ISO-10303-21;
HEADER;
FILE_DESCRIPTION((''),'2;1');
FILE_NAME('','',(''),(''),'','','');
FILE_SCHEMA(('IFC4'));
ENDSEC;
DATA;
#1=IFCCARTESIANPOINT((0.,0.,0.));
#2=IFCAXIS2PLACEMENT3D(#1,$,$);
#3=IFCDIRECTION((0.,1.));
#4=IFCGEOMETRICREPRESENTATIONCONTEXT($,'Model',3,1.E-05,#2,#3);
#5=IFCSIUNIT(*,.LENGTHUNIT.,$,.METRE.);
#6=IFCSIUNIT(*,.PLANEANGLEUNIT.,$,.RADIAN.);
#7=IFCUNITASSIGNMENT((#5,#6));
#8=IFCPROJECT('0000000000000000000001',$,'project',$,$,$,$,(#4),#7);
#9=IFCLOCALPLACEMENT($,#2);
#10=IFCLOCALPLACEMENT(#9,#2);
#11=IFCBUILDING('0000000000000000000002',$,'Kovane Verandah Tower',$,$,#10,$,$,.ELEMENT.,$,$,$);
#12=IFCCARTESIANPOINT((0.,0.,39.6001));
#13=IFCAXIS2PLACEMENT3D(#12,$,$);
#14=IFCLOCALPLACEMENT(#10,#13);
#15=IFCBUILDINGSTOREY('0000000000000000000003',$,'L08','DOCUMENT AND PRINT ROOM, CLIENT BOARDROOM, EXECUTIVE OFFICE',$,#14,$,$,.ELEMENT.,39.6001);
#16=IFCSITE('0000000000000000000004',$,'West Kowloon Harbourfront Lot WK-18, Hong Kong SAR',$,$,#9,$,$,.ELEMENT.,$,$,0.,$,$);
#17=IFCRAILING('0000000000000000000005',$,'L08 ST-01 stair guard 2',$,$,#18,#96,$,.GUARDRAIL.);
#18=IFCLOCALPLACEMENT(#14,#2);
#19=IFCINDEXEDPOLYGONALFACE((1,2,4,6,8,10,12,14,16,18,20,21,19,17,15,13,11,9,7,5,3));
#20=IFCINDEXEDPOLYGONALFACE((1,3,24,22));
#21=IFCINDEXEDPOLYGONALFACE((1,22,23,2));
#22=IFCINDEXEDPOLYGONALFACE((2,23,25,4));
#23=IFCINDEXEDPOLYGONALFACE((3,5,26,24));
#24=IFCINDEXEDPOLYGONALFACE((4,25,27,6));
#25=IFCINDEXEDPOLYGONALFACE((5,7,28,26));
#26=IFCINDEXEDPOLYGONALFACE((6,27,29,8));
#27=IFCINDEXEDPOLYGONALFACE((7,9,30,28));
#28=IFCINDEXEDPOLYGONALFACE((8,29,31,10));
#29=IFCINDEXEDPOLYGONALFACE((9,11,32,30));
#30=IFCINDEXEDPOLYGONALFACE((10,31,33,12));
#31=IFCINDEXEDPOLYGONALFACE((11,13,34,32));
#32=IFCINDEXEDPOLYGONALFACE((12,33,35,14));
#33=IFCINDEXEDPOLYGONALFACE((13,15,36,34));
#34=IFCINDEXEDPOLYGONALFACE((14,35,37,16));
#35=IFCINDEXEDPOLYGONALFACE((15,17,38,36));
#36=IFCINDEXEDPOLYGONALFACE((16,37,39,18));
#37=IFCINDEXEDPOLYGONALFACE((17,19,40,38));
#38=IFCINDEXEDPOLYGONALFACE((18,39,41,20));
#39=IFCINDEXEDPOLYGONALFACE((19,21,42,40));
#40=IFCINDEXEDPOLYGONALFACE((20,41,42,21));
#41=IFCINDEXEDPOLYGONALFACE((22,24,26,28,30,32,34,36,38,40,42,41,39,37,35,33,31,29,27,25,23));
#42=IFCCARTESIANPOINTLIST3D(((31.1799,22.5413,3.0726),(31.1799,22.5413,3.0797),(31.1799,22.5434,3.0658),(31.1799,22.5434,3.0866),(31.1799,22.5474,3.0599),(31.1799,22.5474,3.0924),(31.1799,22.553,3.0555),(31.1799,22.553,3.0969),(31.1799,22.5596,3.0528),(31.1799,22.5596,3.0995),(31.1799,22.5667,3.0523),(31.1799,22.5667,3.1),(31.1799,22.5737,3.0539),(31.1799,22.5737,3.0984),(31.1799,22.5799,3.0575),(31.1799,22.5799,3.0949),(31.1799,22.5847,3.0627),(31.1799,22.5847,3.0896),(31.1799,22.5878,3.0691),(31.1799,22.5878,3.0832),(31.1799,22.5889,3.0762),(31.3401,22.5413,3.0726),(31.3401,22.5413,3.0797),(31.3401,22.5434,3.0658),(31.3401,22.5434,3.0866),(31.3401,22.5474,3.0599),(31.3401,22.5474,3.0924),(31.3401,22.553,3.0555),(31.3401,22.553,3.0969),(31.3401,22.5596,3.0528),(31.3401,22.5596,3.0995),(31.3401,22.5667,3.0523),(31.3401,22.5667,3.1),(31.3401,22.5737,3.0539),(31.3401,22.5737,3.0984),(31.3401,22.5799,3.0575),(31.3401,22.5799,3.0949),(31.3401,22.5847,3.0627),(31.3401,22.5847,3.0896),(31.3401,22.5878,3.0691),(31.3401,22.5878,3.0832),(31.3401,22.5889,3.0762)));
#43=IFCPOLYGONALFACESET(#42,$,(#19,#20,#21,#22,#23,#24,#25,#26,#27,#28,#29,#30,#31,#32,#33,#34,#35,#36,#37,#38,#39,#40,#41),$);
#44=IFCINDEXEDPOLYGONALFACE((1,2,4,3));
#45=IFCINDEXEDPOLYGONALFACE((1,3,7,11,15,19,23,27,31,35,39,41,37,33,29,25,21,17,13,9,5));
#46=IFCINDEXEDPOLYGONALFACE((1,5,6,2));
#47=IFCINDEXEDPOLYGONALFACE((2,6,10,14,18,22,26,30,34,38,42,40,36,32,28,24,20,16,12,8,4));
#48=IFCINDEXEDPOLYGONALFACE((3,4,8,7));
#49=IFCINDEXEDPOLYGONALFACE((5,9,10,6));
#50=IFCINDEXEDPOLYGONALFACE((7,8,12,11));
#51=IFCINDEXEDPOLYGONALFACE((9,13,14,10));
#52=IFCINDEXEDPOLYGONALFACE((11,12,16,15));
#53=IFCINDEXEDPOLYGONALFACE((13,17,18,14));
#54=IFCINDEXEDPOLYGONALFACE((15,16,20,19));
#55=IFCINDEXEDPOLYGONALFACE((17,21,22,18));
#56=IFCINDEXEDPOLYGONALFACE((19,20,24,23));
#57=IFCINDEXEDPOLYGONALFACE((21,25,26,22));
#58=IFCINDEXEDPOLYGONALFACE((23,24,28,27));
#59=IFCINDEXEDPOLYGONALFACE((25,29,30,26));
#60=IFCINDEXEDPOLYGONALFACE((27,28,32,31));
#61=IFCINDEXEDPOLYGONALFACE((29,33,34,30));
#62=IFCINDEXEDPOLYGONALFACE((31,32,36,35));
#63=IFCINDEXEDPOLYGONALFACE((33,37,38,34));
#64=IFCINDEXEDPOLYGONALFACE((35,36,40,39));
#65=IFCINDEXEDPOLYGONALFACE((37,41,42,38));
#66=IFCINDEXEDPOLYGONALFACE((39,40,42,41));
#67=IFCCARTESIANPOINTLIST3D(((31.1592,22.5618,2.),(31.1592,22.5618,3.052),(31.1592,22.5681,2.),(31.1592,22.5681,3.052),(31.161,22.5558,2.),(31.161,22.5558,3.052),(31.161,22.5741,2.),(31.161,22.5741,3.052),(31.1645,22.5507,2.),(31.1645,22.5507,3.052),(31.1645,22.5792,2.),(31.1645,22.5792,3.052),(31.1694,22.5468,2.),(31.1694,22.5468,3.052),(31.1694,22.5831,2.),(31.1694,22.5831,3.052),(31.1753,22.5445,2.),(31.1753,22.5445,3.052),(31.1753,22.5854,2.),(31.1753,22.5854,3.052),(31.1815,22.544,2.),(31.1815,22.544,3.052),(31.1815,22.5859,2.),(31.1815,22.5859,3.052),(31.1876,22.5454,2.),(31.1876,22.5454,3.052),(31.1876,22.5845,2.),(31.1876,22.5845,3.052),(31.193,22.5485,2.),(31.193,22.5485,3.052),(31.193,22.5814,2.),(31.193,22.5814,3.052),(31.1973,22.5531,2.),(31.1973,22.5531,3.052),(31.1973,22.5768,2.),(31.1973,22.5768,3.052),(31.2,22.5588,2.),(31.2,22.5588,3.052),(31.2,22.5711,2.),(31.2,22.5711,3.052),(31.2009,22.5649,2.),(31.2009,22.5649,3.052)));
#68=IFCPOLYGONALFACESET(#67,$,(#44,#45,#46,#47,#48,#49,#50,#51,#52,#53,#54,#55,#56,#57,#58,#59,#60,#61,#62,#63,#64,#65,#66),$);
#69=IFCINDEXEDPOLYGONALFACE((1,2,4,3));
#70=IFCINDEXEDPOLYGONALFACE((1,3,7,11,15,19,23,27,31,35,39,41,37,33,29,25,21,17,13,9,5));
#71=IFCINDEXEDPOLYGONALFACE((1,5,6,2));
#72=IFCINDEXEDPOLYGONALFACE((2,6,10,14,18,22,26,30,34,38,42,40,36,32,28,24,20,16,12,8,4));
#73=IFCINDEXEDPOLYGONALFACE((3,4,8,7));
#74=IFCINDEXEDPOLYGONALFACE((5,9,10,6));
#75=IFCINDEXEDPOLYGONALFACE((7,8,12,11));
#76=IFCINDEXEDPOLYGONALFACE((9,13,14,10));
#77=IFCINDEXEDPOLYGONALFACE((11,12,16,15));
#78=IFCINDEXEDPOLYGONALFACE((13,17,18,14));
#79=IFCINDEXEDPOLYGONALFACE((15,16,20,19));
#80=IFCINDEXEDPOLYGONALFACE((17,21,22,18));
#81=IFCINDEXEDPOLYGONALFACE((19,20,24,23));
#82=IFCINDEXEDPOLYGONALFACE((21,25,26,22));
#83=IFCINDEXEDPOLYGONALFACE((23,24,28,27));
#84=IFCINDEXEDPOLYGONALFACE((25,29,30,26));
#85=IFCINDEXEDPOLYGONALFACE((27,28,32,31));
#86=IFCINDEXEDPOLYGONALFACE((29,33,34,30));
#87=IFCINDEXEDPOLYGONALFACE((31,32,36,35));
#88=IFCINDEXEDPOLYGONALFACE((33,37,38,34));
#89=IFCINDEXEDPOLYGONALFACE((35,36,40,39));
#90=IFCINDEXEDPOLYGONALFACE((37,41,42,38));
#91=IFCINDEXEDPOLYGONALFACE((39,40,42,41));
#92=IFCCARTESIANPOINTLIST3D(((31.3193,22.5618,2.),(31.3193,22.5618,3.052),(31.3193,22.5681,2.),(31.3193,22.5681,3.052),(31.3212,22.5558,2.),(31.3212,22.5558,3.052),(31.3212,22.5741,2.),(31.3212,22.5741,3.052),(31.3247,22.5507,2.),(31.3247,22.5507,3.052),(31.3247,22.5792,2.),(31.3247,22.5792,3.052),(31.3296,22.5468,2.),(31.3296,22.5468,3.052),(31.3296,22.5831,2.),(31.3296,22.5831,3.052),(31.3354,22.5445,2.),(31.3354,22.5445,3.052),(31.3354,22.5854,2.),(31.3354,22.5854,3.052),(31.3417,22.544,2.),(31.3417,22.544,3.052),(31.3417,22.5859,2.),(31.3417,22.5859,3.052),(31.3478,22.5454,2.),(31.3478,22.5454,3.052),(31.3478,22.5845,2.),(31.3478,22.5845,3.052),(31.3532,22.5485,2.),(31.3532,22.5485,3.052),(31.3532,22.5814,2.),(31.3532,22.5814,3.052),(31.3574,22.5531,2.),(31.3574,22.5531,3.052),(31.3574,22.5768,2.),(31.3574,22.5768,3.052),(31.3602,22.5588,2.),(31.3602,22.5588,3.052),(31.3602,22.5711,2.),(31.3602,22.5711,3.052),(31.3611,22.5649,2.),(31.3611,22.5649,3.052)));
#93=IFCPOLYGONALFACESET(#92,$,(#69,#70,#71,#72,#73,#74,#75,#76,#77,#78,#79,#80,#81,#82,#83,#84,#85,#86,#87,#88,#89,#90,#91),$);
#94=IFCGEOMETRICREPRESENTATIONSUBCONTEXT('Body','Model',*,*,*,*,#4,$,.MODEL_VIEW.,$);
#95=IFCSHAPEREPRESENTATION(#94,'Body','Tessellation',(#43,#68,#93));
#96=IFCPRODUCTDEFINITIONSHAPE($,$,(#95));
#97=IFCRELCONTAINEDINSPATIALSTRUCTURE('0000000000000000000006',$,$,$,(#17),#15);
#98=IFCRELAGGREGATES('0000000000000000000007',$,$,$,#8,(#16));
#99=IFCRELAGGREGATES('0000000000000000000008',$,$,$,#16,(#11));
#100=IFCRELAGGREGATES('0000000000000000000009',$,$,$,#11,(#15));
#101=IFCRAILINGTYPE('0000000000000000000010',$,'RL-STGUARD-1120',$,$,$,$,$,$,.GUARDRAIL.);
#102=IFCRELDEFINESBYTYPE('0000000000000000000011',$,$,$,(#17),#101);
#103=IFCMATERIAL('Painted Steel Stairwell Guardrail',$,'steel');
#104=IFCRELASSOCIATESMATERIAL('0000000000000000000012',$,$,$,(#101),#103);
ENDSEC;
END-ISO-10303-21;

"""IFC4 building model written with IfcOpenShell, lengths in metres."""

from ifc_helpers import new_model, si_unit, direction, frame, origin, origin_2d, place, context, subcontext, project, spatial, circle, extrude, material, type_object, element, save


model = new_model("IFC4")

# Units and contexts
model_context = context("Model", 3, precision=1e-05, world=origin(), true_north=direction((0.0, 1.0)))
body_context = subcontext(model_context, "Body", "Model", "MODEL_VIEW")
ifc_project = project(units=[si_unit("LENGTHUNIT", "METRE"), si_unit("PLANEANGLEUNIT", "RADIAN")], contexts=[model_context])

# Site, building, storey
site_placement = place(None, origin())
site = spatial("IfcSite", under=ifc_project, at=site_placement, Name="West Kowloon Harbourfront Lot WK-18, Hong Kong SAR", CompositionType="ELEMENT", RefElevation=0.0)
building_placement = place(site_placement, origin())
building = spatial("IfcBuilding", under=site, at=building_placement, Name="Kovane Verandah Tower", CompositionType="ELEMENT")
storey_placement = place(building_placement, frame((0.0, 0.0, 39.6001)))
storey = spatial("IfcBuildingStorey", under=building, at=storey_placement, Name="L08", Description="DOCUMENT AND PRINT ROOM, CLIENT BOARDROOM, EXECUTIVE OFFICE", CompositionType="ELEMENT", Elevation=39.6001)

# Railing
ifc_material_1 = material(Name="Painted Steel Stairwell Guardrail", Category="steel")
railing_type_1 = type_object("IfcRailingType", Name="RL-STGUARD-1120", PredefinedType="GUARDRAIL", material=ifc_material_1)
railing_1_placement = place(storey_placement, frame((31.1799, 22.5649, 2.0)))
element("IfcRailing", 1, at=railing_1_placement, inside=storey, type_object=railing_type_1, Name="L08 ST-01 stair guard 2", PredefinedType="GUARDRAIL", context=body_context, shape_type="SweptSolid", body=[
    extrude(circle(Radius=0.0239, at=origin_2d()), frame((0.0, 0.0, 1.0762), z_axis=(1.0, 0.0, 0.0), x_axis=(0.0, 1.0, 0.0)), (0.0, 0.0, 1.0), 0.1602),
    extrude(circle(Radius=0.021, at=origin_2d()), origin(), (0.0, 0.0, 1.0), 1.052),
    extrude(circle(Radius=0.021, at=origin_2d()), frame((0.1602, 0.0, 0.0)), (0.0, 0.0, 1.0), 1.052),
])

save(model, "model.ifc")
